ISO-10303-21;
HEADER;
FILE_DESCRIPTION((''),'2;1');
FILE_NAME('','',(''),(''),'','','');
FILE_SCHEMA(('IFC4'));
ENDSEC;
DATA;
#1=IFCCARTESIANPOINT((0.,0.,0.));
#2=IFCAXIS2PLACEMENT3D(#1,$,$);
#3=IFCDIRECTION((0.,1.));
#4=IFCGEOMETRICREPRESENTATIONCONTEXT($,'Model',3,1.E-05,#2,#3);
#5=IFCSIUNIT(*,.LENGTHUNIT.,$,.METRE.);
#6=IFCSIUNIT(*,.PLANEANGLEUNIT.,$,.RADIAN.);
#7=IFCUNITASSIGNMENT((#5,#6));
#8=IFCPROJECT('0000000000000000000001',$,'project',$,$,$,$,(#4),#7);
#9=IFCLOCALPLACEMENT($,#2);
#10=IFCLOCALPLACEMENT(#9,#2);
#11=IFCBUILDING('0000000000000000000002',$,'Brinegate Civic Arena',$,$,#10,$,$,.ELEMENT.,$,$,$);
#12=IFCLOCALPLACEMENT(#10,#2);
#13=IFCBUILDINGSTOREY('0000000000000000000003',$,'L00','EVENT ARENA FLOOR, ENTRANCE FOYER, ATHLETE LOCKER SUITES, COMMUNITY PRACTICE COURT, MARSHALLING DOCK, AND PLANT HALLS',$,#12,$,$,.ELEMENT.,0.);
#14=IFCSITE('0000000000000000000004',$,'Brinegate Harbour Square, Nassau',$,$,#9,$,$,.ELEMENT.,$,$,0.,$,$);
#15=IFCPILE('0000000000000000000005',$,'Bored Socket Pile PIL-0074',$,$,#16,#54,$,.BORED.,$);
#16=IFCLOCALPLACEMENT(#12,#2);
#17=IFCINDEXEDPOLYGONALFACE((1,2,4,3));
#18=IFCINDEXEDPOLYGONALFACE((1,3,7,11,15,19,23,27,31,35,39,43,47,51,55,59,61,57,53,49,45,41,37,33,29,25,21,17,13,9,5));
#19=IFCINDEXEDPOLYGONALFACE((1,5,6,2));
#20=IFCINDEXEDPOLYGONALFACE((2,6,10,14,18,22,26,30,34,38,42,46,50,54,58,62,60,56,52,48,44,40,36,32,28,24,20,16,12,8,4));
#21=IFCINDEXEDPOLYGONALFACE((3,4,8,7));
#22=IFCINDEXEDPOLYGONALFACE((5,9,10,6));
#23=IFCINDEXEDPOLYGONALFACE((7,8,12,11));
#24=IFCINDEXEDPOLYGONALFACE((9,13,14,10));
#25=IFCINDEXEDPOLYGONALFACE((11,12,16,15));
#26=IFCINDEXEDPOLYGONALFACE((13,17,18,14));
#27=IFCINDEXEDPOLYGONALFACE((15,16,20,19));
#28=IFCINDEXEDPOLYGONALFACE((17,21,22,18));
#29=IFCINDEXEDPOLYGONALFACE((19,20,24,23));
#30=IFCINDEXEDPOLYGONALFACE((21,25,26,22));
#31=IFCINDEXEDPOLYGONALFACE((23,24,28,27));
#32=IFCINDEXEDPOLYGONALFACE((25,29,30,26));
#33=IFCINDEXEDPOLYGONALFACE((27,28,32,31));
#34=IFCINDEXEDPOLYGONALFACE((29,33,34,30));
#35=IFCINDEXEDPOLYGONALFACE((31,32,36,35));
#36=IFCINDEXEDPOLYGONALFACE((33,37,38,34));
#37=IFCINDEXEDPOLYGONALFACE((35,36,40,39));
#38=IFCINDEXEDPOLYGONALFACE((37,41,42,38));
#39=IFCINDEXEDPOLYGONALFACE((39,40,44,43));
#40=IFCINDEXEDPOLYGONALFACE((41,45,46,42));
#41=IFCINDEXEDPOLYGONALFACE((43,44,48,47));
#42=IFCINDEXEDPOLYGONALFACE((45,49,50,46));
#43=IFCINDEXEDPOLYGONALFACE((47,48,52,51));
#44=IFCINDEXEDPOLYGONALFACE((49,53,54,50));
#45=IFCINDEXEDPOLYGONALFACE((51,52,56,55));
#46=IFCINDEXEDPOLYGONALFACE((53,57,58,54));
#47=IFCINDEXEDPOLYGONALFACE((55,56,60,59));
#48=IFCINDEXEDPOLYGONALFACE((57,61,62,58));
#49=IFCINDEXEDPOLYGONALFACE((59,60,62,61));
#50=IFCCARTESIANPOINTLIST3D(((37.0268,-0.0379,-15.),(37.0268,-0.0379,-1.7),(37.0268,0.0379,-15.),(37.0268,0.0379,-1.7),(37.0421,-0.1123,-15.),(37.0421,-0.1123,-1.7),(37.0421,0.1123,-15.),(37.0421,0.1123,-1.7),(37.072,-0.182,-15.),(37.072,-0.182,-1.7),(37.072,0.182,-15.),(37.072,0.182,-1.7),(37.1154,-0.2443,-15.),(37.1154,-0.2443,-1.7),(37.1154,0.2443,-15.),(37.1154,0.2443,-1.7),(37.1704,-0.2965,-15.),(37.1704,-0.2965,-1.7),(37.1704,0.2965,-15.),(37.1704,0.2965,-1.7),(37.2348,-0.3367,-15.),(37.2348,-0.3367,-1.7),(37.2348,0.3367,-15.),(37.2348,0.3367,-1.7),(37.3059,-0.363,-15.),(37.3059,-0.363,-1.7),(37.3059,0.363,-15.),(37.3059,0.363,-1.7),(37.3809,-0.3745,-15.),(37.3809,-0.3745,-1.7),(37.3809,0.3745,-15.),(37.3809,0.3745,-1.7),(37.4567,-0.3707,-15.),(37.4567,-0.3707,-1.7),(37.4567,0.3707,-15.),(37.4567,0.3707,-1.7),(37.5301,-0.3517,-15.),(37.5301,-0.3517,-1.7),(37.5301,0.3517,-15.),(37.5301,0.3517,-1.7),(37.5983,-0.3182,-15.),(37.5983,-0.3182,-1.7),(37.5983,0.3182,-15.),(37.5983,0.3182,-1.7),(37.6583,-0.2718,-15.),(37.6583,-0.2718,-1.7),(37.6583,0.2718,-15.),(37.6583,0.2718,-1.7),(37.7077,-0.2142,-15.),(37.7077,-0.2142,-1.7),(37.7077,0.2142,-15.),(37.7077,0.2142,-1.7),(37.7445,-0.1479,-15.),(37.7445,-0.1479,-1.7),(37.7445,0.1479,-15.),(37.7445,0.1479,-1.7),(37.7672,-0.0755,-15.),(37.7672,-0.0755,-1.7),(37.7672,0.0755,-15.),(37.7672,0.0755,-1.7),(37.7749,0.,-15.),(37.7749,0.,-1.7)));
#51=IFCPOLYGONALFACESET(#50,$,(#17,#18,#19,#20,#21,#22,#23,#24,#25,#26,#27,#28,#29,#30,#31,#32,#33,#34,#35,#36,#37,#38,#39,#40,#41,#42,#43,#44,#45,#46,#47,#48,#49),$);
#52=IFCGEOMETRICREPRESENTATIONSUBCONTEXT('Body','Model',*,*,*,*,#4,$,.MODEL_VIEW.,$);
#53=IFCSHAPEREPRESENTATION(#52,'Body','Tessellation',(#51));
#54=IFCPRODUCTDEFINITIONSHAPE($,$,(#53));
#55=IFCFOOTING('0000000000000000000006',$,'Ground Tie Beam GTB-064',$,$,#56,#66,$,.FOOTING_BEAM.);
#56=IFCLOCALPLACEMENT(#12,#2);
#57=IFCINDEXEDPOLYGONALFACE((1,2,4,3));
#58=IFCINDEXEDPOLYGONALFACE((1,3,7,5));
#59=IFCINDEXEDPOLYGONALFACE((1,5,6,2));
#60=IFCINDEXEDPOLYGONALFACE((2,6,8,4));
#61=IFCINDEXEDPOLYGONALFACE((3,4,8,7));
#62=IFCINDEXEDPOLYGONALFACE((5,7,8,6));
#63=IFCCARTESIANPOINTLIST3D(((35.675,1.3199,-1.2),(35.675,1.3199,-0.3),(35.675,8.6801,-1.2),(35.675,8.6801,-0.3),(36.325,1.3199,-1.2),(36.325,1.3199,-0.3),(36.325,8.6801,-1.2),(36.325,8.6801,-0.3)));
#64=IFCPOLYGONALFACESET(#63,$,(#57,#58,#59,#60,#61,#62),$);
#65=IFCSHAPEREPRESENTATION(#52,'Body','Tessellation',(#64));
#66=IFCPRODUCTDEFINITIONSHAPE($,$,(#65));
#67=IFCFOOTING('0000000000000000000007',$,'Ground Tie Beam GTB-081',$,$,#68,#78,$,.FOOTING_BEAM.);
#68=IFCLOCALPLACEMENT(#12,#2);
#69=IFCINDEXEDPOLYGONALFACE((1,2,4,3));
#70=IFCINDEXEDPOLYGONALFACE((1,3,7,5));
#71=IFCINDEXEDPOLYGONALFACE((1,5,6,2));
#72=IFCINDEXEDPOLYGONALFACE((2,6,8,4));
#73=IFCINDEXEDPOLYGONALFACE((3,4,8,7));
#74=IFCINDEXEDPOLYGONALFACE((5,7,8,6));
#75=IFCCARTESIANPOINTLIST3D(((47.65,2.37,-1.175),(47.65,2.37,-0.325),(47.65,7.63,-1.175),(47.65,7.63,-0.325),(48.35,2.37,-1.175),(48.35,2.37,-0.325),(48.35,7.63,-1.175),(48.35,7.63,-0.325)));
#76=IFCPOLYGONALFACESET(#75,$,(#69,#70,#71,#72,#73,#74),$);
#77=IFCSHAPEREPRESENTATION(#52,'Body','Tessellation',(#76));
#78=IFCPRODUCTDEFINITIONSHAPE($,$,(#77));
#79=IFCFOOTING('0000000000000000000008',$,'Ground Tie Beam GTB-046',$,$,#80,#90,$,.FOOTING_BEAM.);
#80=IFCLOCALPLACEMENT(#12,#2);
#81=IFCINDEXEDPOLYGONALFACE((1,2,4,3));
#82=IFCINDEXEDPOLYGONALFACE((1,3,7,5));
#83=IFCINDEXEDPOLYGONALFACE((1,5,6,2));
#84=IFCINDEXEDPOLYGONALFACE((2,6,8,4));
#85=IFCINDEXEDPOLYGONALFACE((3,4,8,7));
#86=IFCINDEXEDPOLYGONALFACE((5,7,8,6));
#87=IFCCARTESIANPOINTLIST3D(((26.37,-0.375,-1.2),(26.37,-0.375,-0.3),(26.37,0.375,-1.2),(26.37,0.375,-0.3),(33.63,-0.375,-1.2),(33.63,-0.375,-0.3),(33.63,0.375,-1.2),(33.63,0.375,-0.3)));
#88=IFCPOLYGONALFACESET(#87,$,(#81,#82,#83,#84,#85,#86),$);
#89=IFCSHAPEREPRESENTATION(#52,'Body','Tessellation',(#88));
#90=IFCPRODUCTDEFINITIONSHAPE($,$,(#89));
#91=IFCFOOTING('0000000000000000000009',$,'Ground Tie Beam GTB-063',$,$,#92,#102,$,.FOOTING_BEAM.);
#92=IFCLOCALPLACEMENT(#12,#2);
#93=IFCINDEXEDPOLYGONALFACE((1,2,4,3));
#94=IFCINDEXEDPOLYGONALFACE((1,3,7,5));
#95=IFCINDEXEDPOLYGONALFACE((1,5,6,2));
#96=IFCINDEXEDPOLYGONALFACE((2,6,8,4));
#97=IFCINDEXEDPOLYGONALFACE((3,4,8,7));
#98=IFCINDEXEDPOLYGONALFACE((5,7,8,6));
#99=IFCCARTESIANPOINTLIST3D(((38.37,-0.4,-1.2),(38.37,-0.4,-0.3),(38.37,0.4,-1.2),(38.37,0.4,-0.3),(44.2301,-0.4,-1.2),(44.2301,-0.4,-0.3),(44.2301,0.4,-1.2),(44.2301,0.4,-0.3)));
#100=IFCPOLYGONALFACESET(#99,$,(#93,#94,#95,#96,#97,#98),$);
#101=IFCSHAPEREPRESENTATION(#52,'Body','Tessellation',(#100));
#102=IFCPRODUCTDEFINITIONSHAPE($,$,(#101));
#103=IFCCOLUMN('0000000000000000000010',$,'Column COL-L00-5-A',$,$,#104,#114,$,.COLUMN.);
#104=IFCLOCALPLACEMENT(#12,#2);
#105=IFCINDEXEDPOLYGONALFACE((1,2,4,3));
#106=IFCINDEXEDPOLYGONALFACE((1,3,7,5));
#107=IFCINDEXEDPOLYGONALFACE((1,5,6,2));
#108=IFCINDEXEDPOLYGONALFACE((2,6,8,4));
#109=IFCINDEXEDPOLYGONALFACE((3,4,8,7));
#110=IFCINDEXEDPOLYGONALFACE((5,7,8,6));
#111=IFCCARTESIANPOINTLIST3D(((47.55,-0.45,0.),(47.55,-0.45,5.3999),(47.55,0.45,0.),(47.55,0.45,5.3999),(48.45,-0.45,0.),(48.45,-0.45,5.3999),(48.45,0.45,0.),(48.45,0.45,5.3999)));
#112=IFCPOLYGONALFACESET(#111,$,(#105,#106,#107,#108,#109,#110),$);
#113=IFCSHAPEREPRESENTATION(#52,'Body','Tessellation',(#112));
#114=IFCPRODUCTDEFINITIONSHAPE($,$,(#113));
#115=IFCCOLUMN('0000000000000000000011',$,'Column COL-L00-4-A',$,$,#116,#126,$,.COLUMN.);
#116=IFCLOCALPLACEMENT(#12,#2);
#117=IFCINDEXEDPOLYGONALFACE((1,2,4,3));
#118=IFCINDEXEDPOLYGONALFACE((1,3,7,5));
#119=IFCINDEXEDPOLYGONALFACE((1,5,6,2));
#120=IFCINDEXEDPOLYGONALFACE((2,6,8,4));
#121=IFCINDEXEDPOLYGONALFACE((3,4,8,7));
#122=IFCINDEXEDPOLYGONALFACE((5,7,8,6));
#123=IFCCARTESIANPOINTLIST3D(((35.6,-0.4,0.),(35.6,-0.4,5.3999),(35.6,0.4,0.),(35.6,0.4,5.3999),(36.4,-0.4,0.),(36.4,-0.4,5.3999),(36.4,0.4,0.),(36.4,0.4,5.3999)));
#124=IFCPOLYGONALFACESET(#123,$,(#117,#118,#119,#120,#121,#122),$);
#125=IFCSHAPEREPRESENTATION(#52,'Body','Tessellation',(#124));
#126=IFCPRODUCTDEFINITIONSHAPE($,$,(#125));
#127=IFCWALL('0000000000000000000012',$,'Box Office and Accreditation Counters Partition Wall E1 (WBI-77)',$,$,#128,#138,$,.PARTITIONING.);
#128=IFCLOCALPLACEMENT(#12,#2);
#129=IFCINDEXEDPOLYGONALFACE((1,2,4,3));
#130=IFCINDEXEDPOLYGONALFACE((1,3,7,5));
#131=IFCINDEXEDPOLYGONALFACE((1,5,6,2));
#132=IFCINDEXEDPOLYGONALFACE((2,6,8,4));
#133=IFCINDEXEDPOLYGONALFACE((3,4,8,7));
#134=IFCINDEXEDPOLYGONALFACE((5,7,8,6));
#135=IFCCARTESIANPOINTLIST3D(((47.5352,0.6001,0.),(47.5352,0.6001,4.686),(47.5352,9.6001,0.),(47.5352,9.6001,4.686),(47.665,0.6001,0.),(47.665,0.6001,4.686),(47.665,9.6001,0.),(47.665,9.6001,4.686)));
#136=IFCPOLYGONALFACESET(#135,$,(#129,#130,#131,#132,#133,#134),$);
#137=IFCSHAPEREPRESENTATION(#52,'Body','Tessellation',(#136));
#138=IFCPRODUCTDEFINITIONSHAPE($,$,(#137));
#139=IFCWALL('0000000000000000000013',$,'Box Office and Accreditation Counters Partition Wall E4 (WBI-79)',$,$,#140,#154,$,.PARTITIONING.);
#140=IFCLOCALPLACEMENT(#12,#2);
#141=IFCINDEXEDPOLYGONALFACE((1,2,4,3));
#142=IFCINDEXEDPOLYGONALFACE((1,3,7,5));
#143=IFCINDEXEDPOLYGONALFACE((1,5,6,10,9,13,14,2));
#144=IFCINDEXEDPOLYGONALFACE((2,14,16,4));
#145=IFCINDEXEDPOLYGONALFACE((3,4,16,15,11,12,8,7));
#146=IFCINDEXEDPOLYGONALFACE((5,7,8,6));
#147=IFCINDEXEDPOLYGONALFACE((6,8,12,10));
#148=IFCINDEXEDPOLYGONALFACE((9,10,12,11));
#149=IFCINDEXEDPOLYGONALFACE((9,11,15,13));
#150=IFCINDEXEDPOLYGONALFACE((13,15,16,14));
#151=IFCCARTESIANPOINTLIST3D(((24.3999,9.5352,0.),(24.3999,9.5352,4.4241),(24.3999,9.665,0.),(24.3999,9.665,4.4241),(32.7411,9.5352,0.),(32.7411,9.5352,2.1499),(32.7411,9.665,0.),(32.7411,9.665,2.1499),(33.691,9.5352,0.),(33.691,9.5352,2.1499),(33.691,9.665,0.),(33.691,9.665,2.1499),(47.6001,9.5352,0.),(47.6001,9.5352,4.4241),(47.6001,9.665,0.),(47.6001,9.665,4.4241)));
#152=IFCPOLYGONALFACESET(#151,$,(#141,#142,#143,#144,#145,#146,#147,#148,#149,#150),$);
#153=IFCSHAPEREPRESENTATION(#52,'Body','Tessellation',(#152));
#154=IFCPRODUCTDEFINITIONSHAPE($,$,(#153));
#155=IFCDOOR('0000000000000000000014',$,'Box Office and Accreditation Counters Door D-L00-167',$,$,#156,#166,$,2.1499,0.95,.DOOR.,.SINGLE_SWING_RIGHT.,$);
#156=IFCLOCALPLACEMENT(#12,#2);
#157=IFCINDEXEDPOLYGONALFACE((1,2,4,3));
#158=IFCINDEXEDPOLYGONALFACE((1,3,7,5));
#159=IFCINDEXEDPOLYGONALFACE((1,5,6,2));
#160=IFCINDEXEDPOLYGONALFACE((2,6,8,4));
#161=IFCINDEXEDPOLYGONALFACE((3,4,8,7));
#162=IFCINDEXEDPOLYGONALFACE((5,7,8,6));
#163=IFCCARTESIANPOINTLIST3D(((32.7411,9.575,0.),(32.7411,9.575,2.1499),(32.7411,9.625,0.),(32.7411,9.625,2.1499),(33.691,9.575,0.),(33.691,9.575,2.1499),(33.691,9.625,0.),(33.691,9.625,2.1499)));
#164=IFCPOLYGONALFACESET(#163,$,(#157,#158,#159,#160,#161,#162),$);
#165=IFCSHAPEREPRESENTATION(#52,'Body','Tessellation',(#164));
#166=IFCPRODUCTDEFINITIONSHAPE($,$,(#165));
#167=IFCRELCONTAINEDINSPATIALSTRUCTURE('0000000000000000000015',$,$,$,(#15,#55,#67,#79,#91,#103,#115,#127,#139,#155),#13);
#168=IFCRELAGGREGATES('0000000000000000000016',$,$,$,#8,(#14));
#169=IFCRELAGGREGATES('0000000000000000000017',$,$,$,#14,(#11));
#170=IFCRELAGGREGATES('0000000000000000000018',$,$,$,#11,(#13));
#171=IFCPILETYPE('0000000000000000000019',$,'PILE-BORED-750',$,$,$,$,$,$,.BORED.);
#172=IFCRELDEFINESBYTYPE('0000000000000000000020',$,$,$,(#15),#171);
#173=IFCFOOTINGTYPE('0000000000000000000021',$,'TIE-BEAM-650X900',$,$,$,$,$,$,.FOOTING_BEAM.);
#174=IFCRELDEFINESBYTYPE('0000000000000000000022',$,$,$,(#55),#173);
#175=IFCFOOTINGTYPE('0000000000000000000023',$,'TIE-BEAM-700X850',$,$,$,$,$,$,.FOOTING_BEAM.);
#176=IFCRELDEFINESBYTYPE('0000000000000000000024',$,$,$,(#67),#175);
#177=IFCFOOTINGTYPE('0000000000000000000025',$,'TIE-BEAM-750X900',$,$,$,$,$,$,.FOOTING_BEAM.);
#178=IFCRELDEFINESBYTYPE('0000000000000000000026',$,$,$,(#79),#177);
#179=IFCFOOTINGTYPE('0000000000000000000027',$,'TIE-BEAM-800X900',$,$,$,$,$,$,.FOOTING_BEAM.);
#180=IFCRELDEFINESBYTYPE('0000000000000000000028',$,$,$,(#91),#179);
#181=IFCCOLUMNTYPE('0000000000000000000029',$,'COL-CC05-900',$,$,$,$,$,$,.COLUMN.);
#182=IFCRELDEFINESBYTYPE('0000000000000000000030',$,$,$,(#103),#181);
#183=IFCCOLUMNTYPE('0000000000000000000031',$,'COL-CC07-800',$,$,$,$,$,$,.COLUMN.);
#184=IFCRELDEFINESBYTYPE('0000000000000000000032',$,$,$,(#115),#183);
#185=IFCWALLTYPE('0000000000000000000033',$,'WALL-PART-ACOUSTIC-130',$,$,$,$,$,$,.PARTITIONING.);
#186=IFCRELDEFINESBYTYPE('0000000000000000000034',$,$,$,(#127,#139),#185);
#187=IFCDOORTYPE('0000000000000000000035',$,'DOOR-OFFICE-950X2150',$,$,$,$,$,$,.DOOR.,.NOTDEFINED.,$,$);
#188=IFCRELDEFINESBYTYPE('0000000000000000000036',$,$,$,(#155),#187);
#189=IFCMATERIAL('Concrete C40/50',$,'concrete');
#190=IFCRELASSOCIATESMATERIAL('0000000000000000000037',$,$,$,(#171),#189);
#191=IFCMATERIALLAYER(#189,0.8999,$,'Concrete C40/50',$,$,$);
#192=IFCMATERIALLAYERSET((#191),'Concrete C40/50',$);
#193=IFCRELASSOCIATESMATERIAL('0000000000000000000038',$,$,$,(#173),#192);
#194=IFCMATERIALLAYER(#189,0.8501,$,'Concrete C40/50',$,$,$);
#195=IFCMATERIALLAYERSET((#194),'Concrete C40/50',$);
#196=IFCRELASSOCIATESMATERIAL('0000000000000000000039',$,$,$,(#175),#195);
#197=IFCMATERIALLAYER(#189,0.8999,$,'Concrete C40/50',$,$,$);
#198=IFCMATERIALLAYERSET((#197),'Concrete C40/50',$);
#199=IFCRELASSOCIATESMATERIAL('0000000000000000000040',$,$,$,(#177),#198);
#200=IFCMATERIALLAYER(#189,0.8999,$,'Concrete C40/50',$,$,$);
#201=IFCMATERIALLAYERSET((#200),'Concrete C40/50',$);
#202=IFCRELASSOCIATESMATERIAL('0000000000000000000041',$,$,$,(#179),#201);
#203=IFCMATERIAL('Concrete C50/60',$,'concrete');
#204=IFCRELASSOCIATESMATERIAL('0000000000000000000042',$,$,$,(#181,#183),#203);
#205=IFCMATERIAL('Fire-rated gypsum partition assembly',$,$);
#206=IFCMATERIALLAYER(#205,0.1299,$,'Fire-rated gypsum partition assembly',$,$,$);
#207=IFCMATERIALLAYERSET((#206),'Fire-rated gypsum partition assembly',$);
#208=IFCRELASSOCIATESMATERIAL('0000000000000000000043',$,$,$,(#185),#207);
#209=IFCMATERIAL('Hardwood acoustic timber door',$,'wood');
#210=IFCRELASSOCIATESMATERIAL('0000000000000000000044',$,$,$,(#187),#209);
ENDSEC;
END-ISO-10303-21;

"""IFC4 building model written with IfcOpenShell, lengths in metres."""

from ifc_helpers import new_model, si_unit, direction, frame, frame_2d, origin, origin_2d, place, context, subcontext, project, spatial, rectangle, circle, extrude, material, layer, layer_set, material_profile, profile_set, type_object, element, fill, save


model = new_model("IFC4")

# Units and contexts
model_context = context("Model", 3, precision=1e-05, world=origin(), true_north=direction((0.0, 1.0)))
body_context = subcontext(model_context, "Body", "Model", "MODEL_VIEW")
ifc_project = project(units=[si_unit("LENGTHUNIT", "METRE"), si_unit("PLANEANGLEUNIT", "RADIAN")], contexts=[model_context])

# Site, building, storey
site_placement = place(None, origin())
site = spatial("IfcSite", under=ifc_project, at=site_placement, Name="Brinegate Harbour Square, Nassau", CompositionType="ELEMENT", RefElevation=0.0)
building_placement = place(site_placement, origin())
building = spatial("IfcBuilding", under=site, at=building_placement, Name="Brinegate Civic Arena", CompositionType="ELEMENT")
storey_placement = place(building_placement, origin())
storey = spatial("IfcBuildingStorey", under=building, at=storey_placement, Name="L00", Description="EVENT ARENA FLOOR, ENTRANCE FOYER, ATHLETE LOCKER SUITES, COMMUNITY PRACTICE COURT, MARSHALLING DOCK, AND PLANT HALLS", CompositionType="ELEMENT", Elevation=0.0)

# Shared definitions
ifc_material_1 = material(Name="Concrete C40/50", Category="concrete")

# Pile
ifc_material_profile_1 = material_profile(ifc_material_1, circle(Radius=0.375, at=origin_2d()), Name="PILED750")
ifc_profile_set_1 = profile_set([ifc_material_profile_1], Name="Concrete C40/50")
pile_type_1 = type_object("IfcPileType", Name="PILE-BORED-750", PredefinedType="BORED", material=ifc_profile_set_1)
for number, where, z_axis, x_axis, name in (
    (1, (37.3999, 0.0, -1.7), (0.0, 0.0, -1.0), (1.0, 0.0, 0.0), "Bored Socket Pile PIL-0074"),
):
    element("IfcPile", number, at=place(storey_placement, frame(where, z_axis=z_axis, x_axis=x_axis)), inside=storey, type_object=pile_type_1, Name=name, PredefinedType="BORED", context=body_context, shape_type="SweptSolid", body=[
        extrude(circle(Radius=0.375, at=origin_2d()), origin(), (0.0, 0.0, 1.0), 13.3),
    ])

# Footings
ifc_layer_1 = layer(ifc_material_1, 0.8999, Name="Concrete C40/50")
ifc_layer_set_1 = layer_set([ifc_layer_1], Name="Concrete C40/50")
footing_type_1 = type_object("IfcFootingType", Name="TIE-BEAM-650X900", PredefinedType="FOOTING_BEAM", material=ifc_layer_set_1)
footing_1_placement = place(storey_placement, frame((36.0, 5.0, -1.2), z_axis=(0.0, 0.0, 1.0), x_axis=(0.0, 1.0, 0.0)))
element("IfcFooting", 2, at=footing_1_placement, inside=storey, type_object=footing_type_1, Name="Ground Tie Beam GTB-064", PredefinedType="FOOTING_BEAM", context=body_context, shape_type="SweptSolid", body=[
    extrude(rectangle(XDim=7.3601, YDim=0.6499, at=origin_2d()), origin(), (0.0, 0.0, 1.0), 0.8999),
])
ifc_layer_2 = layer(ifc_material_1, 0.8501, Name="Concrete C40/50")
ifc_layer_set_2 = layer_set([ifc_layer_2], Name="Concrete C40/50")
footing_type_2 = type_object("IfcFootingType", Name="TIE-BEAM-700X850", PredefinedType="FOOTING_BEAM", material=ifc_layer_set_2)
footing_2_placement = place(storey_placement, frame((48.0, 5.0, -1.175), z_axis=(0.0, 0.0, 1.0), x_axis=(0.0, 1.0, 0.0)))
element("IfcFooting", 3, at=footing_2_placement, inside=storey, type_object=footing_type_2, Name="Ground Tie Beam GTB-081", PredefinedType="FOOTING_BEAM", context=body_context, shape_type="SweptSolid", body=[
    extrude(rectangle(XDim=5.26, YDim=0.7, at=origin_2d()), origin(), (0.0, 0.0, 1.0), 0.8501),
])
ifc_layer_3 = layer(ifc_material_1, 0.8999, Name="Concrete C40/50")
ifc_layer_set_3 = layer_set([ifc_layer_3], Name="Concrete C40/50")
footing_type_3 = type_object("IfcFootingType", Name="TIE-BEAM-750X900", PredefinedType="FOOTING_BEAM", material=ifc_layer_set_3)
footing_3_placement = place(storey_placement, frame((30.0, 0.0, -1.2), z_axis=(0.0, 0.0, 1.0), x_axis=(1.0, 0.0, 0.0)))
element("IfcFooting", 4, at=footing_3_placement, inside=storey, type_object=footing_type_3, Name="Ground Tie Beam GTB-046", PredefinedType="FOOTING_BEAM", context=body_context, shape_type="SweptSolid", body=[
    extrude(rectangle(XDim=7.26, YDim=0.75, at=origin_2d()), origin(), (0.0, 0.0, 1.0), 0.8999),
])
ifc_layer_4 = layer(ifc_material_1, 0.8999, Name="Concrete C40/50")
ifc_layer_set_4 = layer_set([ifc_layer_4], Name="Concrete C40/50")
footing_type_4 = type_object("IfcFootingType", Name="TIE-BEAM-800X900", PredefinedType="FOOTING_BEAM", material=ifc_layer_set_4)
footing_4_placement = place(storey_placement, frame((41.3, 0.0, -1.2), z_axis=(0.0, 0.0, 1.0), x_axis=(1.0, 0.0, 0.0)))
element("IfcFooting", 5, at=footing_4_placement, inside=storey, type_object=footing_type_4, Name="Ground Tie Beam GTB-063", PredefinedType="FOOTING_BEAM", context=body_context, shape_type="SweptSolid", body=[
    extrude(rectangle(XDim=5.8601, YDim=0.8, at=origin_2d()), origin(), (0.0, 0.0, 1.0), 0.8999),
])

# Columns
ifc_material_2 = material(Name="Concrete C50/60", Category="concrete")
ifc_material_profile_2 = material_profile(ifc_material_2, rectangle(XDim=0.8999, YDim=0.8999, at=origin_2d()), Name="RC900X900")
ifc_profile_set_2 = profile_set([ifc_material_profile_2], Name="Concrete C50/60")
column_type_1 = type_object("IfcColumnType", Name="COL-CC05-900", PredefinedType="COLUMN", material=ifc_profile_set_2)
column_1_placement = place(storey_placement, frame((48.0, 0.0, 0.0), z_axis=(0.0, 0.0, 1.0), x_axis=(1.0, 0.0, 0.0)))
element("IfcColumn", 6, at=column_1_placement, inside=storey, type_object=column_type_1, Name="Column COL-L00-5-A", PredefinedType="COLUMN", context=body_context, shape_type="SweptSolid", body=[
    extrude(rectangle(XDim=0.8999, YDim=0.8999, at=origin_2d()), origin(), (0.0, 0.0, 1.0), 5.3999),
])
ifc_material_profile_3 = material_profile(ifc_material_2, rectangle(XDim=0.8, YDim=0.8, at=origin_2d()), Name="RC800X800")
ifc_profile_set_3 = profile_set([ifc_material_profile_3], Name="Concrete C50/60")
column_type_2 = type_object("IfcColumnType", Name="COL-CC07-800", PredefinedType="COLUMN", material=ifc_profile_set_3)
column_2_placement = place(storey_placement, frame((36.0, 0.0, 0.0), z_axis=(0.0, 0.0, 1.0), x_axis=(1.0, 0.0, 0.0)))
element("IfcColumn", 7, at=column_2_placement, inside=storey, type_object=column_type_2, Name="Column COL-L00-4-A", PredefinedType="COLUMN", context=body_context, shape_type="SweptSolid", body=[
    extrude(rectangle(XDim=0.8, YDim=0.8, at=origin_2d()), origin(), (0.0, 0.0, 1.0), 5.3999),
])

# Wall
ifc_material_3 = material(Name="Fire-rated gypsum partition assembly")
ifc_layer_5 = layer(ifc_material_3, 0.1299, Name="Fire-rated gypsum partition assembly")
ifc_layer_set_5 = layer_set([ifc_layer_5], Name="Fire-rated gypsum partition assembly")
wall_type_1 = type_object("IfcWallType", Name="WALL-PART-ACOUSTIC-130", PredefinedType="PARTITIONING", material=ifc_layer_set_5)
wall_1_placement = place(storey_placement, frame((47.6001, 9.6001, 0.0), z_axis=(0.0, 0.0, 1.0), x_axis=(0.0, -1.0, 0.0)))
element("IfcWall", 8, at=wall_1_placement, inside=storey, type_object=wall_type_1, Name="Box Office and Accreditation Counters Partition Wall E1 (WBI-77)", PredefinedType="PARTITIONING", context=body_context, shape_type="SweptSolid", body=[
    extrude(rectangle(XDim=9.0, YDim=0.1299, at=frame_2d((4.5, 0.0))), origin(), (0.0, 0.0, 1.0), 4.686),
])

# Wall, opening, door
wall_2_placement = place(storey_placement, frame((24.3999, 9.6001, 0.0), z_axis=(0.0, 0.0, 1.0), x_axis=(1.0, 0.0, 0.0)))
wall_2 = element("IfcWall", 9, at=wall_2_placement, inside=storey, type_object=wall_type_1, Name="Box Office and Accreditation Counters Partition Wall E4 (WBI-79)", PredefinedType="PARTITIONING", context=body_context, shape_type="SweptSolid", body=[
    extrude(rectangle(XDim=23.2002, YDim=0.1299, at=frame_2d((11.6001, 0.0))), origin(), (0.0, 0.0, 1.0), 4.4241),
])
opening_1_placement = place(wall_2_placement, frame((8.3411, 0.0, 0.0)))
opening_1 = element("IfcOpeningElement", 10, at=opening_1_placement, cuts=wall_2, PredefinedType="OPENING", context=body_context, shape_type="SweptSolid", body=[
    extrude(rectangle(XDim=0.95, YDim=2.1499, at=frame_2d((0.4751, 1.075))), frame((0.0, 0.075, 0.0), z_axis=(0.0, -1.0, 0.0), x_axis=(1.0, 0.0, 0.0)), (0.0, 0.0, 1.0), 0.1499),
])
ifc_material_4 = material(Name="Hardwood acoustic timber door", Category="wood")
door_type_1 = type_object("IfcDoorType", Name="DOOR-OFFICE-950X2150", OperationType="NOTDEFINED", PredefinedType="DOOR", material=ifc_material_4)
door_1_placement = place(opening_1_placement, origin())
door_1 = element("IfcDoor", 11, at=door_1_placement, inside=storey, type_object=door_type_1, Name="Box Office and Accreditation Counters Door D-L00-167", OperationType="SINGLE_SWING_RIGHT", OverallHeight=2.1499, OverallWidth=0.95, PredefinedType="DOOR", context=body_context, shape_type="SweptSolid", body=[
    extrude(rectangle(XDim=0.95, YDim=2.1499, at=frame_2d((0.4751, 1.075))), frame((0.0, 0.0249, 0.0), z_axis=(0.0, -1.0, 0.0), x_axis=(1.0, 0.0, 0.0)), (0.0, 0.0, 1.0), 0.05),
])
fill(opening_1, door_1)

save(model, "model.ifc")
